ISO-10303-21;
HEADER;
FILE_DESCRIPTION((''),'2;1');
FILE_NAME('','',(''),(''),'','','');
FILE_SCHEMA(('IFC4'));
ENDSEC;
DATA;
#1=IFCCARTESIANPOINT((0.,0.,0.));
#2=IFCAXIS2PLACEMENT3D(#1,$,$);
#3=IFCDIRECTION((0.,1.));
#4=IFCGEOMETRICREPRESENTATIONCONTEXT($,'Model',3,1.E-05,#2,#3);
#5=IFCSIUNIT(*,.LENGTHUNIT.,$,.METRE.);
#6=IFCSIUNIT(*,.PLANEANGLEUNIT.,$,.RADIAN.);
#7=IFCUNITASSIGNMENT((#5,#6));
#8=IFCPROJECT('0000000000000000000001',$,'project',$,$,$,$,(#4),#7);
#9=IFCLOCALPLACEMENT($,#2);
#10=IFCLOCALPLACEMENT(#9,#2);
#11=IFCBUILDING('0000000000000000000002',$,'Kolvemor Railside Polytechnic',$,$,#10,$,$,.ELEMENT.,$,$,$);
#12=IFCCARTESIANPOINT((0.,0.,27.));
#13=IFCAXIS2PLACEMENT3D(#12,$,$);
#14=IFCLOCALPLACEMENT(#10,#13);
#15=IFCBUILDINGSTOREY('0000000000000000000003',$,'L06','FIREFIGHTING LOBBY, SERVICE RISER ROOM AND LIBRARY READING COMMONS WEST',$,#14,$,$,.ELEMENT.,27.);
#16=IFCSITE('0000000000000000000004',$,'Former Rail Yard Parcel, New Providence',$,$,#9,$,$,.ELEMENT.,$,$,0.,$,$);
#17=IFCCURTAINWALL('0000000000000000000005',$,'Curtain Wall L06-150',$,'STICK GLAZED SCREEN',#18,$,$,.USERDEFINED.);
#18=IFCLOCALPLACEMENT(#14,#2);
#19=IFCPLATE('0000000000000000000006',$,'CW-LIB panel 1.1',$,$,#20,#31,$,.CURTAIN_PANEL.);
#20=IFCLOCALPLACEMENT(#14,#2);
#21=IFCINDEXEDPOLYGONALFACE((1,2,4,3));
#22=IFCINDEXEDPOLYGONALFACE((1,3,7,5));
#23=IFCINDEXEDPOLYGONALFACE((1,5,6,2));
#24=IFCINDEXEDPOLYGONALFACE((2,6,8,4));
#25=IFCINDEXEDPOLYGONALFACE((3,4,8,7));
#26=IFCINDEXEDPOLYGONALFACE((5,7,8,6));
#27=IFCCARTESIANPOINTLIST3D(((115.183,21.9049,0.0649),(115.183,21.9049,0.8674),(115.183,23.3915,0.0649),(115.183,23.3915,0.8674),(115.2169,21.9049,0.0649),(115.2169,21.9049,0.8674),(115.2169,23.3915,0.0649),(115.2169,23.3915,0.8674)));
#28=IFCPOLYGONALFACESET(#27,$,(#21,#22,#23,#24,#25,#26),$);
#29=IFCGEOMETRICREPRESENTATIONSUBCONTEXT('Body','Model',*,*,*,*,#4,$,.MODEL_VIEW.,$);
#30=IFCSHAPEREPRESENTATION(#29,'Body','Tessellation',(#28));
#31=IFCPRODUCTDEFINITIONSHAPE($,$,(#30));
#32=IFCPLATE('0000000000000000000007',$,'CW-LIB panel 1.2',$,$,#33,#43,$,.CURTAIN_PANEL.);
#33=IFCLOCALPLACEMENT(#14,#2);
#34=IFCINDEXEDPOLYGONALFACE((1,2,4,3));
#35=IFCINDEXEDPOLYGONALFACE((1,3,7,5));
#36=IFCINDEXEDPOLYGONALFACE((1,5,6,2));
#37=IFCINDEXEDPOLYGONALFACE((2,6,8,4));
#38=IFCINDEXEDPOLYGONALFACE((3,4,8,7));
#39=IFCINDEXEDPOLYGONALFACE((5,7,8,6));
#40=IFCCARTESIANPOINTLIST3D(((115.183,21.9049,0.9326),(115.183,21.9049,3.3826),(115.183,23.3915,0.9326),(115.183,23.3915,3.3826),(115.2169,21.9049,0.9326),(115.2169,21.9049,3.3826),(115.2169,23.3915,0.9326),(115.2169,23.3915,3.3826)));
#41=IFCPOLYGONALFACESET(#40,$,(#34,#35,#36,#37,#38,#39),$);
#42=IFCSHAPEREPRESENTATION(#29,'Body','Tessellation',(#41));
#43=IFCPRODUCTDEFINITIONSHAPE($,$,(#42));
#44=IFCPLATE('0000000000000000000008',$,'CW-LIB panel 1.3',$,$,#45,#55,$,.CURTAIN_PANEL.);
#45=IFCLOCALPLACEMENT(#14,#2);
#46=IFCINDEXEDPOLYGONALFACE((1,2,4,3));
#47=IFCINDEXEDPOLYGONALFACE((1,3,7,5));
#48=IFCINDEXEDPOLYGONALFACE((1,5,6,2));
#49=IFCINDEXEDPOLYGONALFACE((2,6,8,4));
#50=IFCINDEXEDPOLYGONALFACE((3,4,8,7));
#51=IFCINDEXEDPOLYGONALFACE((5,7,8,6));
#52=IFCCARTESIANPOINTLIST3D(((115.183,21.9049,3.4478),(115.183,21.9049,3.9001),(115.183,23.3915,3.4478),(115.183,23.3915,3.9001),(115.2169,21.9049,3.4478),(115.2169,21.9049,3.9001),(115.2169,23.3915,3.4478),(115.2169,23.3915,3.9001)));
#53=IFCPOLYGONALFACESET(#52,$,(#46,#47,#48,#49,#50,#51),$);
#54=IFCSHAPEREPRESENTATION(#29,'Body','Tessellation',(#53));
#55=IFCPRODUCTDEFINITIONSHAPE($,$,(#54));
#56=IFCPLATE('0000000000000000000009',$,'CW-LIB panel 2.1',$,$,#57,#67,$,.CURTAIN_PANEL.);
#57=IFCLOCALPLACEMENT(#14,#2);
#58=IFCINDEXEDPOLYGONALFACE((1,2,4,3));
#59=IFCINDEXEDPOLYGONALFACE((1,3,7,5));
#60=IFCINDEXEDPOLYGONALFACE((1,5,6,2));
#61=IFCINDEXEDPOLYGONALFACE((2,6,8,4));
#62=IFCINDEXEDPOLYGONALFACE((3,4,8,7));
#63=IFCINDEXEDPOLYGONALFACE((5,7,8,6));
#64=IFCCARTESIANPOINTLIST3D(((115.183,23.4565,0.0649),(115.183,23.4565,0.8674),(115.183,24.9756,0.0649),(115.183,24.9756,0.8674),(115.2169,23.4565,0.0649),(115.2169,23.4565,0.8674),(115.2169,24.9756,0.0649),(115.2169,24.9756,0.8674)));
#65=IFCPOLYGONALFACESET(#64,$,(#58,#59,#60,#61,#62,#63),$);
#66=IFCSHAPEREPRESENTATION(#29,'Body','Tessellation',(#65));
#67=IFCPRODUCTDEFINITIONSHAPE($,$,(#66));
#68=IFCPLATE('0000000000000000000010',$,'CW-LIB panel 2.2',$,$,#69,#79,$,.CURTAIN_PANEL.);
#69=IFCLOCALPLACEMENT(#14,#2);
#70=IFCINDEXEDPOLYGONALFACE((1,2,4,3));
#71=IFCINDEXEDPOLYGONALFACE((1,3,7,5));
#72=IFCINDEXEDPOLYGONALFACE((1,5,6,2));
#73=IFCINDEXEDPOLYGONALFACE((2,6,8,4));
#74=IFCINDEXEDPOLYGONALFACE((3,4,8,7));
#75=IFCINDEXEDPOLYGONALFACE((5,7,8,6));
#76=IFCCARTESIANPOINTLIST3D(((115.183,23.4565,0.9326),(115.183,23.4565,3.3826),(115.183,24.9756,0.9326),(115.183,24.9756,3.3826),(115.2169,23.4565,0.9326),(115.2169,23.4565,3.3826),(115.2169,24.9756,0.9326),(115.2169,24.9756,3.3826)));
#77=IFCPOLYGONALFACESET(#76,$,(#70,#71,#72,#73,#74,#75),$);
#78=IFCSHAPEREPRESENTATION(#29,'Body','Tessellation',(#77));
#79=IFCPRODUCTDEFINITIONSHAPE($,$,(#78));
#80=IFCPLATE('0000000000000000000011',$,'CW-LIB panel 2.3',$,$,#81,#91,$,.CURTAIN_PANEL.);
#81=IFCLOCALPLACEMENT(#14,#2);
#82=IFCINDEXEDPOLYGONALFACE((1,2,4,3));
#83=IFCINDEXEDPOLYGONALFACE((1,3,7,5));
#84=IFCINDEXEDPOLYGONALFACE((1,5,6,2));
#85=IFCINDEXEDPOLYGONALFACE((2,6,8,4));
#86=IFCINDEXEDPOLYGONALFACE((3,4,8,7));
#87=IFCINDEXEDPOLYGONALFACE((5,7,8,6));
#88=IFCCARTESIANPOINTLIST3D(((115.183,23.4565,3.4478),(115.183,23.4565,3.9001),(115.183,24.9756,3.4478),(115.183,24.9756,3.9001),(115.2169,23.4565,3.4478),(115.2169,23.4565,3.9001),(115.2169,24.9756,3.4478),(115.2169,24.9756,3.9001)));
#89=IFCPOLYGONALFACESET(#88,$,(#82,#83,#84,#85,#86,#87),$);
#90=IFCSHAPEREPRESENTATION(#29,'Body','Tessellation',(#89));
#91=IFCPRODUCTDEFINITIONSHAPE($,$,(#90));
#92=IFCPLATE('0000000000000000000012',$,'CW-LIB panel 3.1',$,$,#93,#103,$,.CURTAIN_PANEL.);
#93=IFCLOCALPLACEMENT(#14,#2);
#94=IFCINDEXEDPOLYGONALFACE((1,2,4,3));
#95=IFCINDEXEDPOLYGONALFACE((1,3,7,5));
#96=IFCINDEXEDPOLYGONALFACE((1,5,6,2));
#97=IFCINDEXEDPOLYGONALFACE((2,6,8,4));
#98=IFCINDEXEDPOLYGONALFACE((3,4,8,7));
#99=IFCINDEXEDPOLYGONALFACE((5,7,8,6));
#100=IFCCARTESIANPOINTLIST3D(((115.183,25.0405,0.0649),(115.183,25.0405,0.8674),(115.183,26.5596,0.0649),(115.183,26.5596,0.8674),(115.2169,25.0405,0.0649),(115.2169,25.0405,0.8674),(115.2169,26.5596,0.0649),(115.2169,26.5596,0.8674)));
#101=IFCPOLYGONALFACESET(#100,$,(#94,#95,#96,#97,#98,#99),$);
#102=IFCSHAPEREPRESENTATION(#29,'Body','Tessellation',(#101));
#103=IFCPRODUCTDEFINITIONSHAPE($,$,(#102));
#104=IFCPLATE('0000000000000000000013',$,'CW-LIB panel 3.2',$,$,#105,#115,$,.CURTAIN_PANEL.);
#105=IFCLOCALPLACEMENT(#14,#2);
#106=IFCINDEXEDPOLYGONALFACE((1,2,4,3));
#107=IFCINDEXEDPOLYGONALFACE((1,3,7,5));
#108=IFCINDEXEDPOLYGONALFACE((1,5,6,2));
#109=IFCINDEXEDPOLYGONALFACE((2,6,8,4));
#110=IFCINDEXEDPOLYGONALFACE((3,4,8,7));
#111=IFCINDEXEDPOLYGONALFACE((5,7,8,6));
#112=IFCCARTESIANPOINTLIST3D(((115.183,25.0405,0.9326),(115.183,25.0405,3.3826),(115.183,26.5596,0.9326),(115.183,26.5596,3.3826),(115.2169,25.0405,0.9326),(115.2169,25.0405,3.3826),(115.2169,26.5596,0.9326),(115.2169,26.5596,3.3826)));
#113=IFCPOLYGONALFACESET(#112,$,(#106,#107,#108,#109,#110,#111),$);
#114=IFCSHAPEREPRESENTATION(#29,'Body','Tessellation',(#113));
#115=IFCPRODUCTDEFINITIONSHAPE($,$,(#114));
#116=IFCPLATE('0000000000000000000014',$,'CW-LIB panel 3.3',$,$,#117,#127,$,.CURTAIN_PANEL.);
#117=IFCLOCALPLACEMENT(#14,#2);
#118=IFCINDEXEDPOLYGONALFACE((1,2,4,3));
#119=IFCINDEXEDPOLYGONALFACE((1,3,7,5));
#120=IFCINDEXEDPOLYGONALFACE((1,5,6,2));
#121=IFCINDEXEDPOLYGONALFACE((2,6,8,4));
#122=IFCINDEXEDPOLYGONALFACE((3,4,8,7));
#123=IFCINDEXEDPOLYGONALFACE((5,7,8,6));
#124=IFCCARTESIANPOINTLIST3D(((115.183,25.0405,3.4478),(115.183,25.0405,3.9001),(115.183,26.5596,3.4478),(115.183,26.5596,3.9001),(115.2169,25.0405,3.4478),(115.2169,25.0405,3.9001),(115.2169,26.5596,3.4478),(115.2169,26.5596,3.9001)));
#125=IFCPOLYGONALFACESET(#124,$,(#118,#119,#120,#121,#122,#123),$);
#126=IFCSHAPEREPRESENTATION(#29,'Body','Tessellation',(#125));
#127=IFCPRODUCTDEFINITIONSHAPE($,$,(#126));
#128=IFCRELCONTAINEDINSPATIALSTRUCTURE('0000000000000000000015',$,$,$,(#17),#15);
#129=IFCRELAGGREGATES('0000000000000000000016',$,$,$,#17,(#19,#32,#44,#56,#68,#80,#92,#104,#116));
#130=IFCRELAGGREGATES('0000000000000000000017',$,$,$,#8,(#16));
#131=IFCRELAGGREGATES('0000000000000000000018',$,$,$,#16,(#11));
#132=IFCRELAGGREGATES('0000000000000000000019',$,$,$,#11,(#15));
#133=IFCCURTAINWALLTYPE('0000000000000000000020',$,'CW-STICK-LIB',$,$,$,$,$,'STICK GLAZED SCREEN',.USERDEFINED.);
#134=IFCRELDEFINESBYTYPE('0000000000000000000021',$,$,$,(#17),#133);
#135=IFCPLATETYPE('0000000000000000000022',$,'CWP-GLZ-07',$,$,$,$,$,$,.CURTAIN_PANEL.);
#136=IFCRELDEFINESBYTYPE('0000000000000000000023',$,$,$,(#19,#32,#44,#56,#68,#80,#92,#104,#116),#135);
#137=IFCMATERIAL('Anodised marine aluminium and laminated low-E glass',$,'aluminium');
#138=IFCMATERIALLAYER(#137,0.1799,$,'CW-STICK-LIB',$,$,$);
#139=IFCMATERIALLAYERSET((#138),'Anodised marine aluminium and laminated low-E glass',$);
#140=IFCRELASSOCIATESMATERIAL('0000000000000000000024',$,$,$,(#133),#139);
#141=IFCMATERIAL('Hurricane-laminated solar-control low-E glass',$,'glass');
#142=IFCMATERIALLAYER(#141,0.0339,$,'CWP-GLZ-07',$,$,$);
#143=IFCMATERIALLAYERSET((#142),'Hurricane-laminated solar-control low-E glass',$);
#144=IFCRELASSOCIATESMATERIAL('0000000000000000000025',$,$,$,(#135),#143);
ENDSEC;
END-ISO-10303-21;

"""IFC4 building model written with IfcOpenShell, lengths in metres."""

from ifc_helpers import new_model, si_unit, direction, frame, origin, origin_2d, place, context, subcontext, project, spatial, rectangle, extrude, material, layer, layer_set, type_object, element, aggregate, save


model = new_model("IFC4")

# Units and contexts
model_context = context("Model", 3, precision=1e-05, world=origin(), true_north=direction((0.0, 1.0)))
body_context = subcontext(model_context, "Body", "Model", "MODEL_VIEW")
ifc_project = project(units=[si_unit("LENGTHUNIT", "METRE"), si_unit("PLANEANGLEUNIT", "RADIAN")], contexts=[model_context])

# Site, building, storey
site_placement = place(None, origin())
site = spatial("IfcSite", under=ifc_project, at=site_placement, Name="Former Rail Yard Parcel, New Providence", CompositionType="ELEMENT", RefElevation=0.0)
building_placement = place(site_placement, origin())
building = spatial("IfcBuilding", under=site, at=building_placement, Name="Kolvemor Railside Polytechnic", CompositionType="ELEMENT")
storey_placement = place(building_placement, frame((0.0, 0.0, 27.0)))
storey = spatial("IfcBuildingStorey", under=building, at=storey_placement, Name="L06", Description="FIREFIGHTING LOBBY, SERVICE RISER ROOM AND LIBRARY READING COMMONS WEST", CompositionType="ELEMENT", Elevation=27.0)

# Curtain wall, plates
ifc_material_1 = material(Name="Anodised marine aluminium and laminated low-E glass", Category="aluminium")
ifc_layer_1 = layer(ifc_material_1, 0.1799, Name="CW-STICK-LIB")
ifc_layer_set_1 = layer_set([ifc_layer_1], Name="Anodised marine aluminium and laminated low-E glass")
curtain_wall_type = type_object("IfcCurtainWallType", Name="CW-STICK-LIB", ElementType="STICK GLAZED SCREEN", PredefinedType="USERDEFINED", material=ifc_layer_set_1)
curtain_wall_placement = place(storey_placement, origin())
curtain_wall = element("IfcCurtainWall", 1, at=curtain_wall_placement, inside=storey, type_object=curtain_wall_type, Name="Curtain Wall L06-150", ObjectType="STICK GLAZED SCREEN", PredefinedType="USERDEFINED")
ifc_material_2 = material(Name="Hurricane-laminated solar-control low-E glass", Category="glass")
ifc_layer_2 = layer(ifc_material_2, 0.0339, Name="CWP-GLZ-07")
ifc_layer_set_2 = layer_set([ifc_layer_2], Name="Hurricane-laminated solar-control low-E glass")
plate_type = type_object("IfcPlateType", Name="CWP-GLZ-07", PredefinedType="CURTAIN_PANEL", material=ifc_layer_set_2)
plate_1_placement = place(storey_placement, frame((115.2, 22.6482, 0.0649), z_axis=(0.0, 0.0, 1.0), x_axis=(0.0, 1.0, 0.0)))
plate_1 = element("IfcPlate", 2, at=plate_1_placement, type_object=plate_type, Name="CW-LIB panel 1.1", PredefinedType="CURTAIN_PANEL", context=body_context, shape_type="SweptSolid", body=[
    extrude(rectangle(XDim=1.4866, YDim=0.0339, at=origin_2d()), origin(), (0.0, 0.0, 1.0), 0.8025),
])
plate_2_placement = place(storey_placement, frame((115.2, 22.6482, 0.9326), z_axis=(0.0, 0.0, 1.0), x_axis=(0.0, 1.0, 0.0)))
plate_2 = element("IfcPlate", 3, at=plate_2_placement, type_object=plate_type, Name="CW-LIB panel 1.2", PredefinedType="CURTAIN_PANEL", context=body_context, shape_type="SweptSolid", body=[
    extrude(rectangle(XDim=1.4866, YDim=0.0339, at=origin_2d()), origin(), (0.0, 0.0, 1.0), 2.45),
])
plate_3_placement = place(storey_placement, frame((115.2, 22.6482, 3.4478), z_axis=(0.0, 0.0, 1.0), x_axis=(0.0, 1.0, 0.0)))
plate_3 = element("IfcPlate", 4, at=plate_3_placement, type_object=plate_type, Name="CW-LIB panel 1.3", PredefinedType="CURTAIN_PANEL", context=body_context, shape_type="SweptSolid", body=[
    extrude(rectangle(XDim=1.4866, YDim=0.0339, at=origin_2d()), origin(), (0.0, 0.0, 1.0), 0.4524),
])
plate_4_placement = place(storey_placement, frame((115.2, 24.2161, 0.0649), z_axis=(0.0, 0.0, 1.0), x_axis=(0.0, 1.0, 0.0)))
plate_4 = element("IfcPlate", 5, at=plate_4_placement, type_object=plate_type, Name="CW-LIB panel 2.1", PredefinedType="CURTAIN_PANEL", context=body_context, shape_type="SweptSolid", body=[
    extrude(rectangle(XDim=1.519, YDim=0.0339, at=origin_2d()), origin(), (0.0, 0.0, 1.0), 0.8025),
])
plate_5_placement = place(storey_placement, frame((115.2, 24.2161, 0.9326), z_axis=(0.0, 0.0, 1.0), x_axis=(0.0, 1.0, 0.0)))
plate_5 = element("IfcPlate", 6, at=plate_5_placement, type_object=plate_type, Name="CW-LIB panel 2.2", PredefinedType="CURTAIN_PANEL", context=body_context, shape_type="SweptSolid", body=[
    extrude(rectangle(XDim=1.519, YDim=0.0339, at=origin_2d()), origin(), (0.0, 0.0, 1.0), 2.45),
])
plate_6_placement = place(storey_placement, frame((115.2, 24.2161, 3.4478), z_axis=(0.0, 0.0, 1.0), x_axis=(0.0, 1.0, 0.0)))
plate_6 = element("IfcPlate", 7, at=plate_6_placement, type_object=plate_type, Name="CW-LIB panel 2.3", PredefinedType="CURTAIN_PANEL", context=body_context, shape_type="SweptSolid", body=[
    extrude(rectangle(XDim=1.519, YDim=0.0339, at=origin_2d()), origin(), (0.0, 0.0, 1.0), 0.4524),
])
plate_7_placement = place(storey_placement, frame((115.2, 25.8, 0.0649), z_axis=(0.0, 0.0, 1.0), x_axis=(0.0, 1.0, 0.0)))
plate_7 = element("IfcPlate", 8, at=plate_7_placement, type_object=plate_type, Name="CW-LIB panel 3.1", PredefinedType="CURTAIN_PANEL", context=body_context, shape_type="SweptSolid", body=[
    extrude(rectangle(XDim=1.519, YDim=0.0339, at=origin_2d()), origin(), (0.0, 0.0, 1.0), 0.8025),
])
plate_8_placement = place(storey_placement, frame((115.2, 25.8, 0.9326), z_axis=(0.0, 0.0, 1.0), x_axis=(0.0, 1.0, 0.0)))
plate_8 = element("IfcPlate", 9, at=plate_8_placement, type_object=plate_type, Name="CW-LIB panel 3.2", PredefinedType="CURTAIN_PANEL", context=body_context, shape_type="SweptSolid", body=[
    extrude(rectangle(XDim=1.519, YDim=0.0339, at=origin_2d()), origin(), (0.0, 0.0, 1.0), 2.45),
])
plate_9_placement = place(storey_placement, frame((115.2, 25.8, 3.4478), z_axis=(0.0, 0.0, 1.0), x_axis=(0.0, 1.0, 0.0)))
plate_9 = element("IfcPlate", 10, at=plate_9_placement, type_object=plate_type, Name="CW-LIB panel 3.3", PredefinedType="CURTAIN_PANEL", context=body_context, shape_type="SweptSolid", body=[
    extrude(rectangle(XDim=1.519, YDim=0.0339, at=origin_2d()), origin(), (0.0, 0.0, 1.0), 0.4524),
])
aggregate(curtain_wall, [plate_1, plate_2, plate_3, plate_4, plate_5, plate_6, plate_7, plate_8, plate_9])

save(model, "model.ifc")
